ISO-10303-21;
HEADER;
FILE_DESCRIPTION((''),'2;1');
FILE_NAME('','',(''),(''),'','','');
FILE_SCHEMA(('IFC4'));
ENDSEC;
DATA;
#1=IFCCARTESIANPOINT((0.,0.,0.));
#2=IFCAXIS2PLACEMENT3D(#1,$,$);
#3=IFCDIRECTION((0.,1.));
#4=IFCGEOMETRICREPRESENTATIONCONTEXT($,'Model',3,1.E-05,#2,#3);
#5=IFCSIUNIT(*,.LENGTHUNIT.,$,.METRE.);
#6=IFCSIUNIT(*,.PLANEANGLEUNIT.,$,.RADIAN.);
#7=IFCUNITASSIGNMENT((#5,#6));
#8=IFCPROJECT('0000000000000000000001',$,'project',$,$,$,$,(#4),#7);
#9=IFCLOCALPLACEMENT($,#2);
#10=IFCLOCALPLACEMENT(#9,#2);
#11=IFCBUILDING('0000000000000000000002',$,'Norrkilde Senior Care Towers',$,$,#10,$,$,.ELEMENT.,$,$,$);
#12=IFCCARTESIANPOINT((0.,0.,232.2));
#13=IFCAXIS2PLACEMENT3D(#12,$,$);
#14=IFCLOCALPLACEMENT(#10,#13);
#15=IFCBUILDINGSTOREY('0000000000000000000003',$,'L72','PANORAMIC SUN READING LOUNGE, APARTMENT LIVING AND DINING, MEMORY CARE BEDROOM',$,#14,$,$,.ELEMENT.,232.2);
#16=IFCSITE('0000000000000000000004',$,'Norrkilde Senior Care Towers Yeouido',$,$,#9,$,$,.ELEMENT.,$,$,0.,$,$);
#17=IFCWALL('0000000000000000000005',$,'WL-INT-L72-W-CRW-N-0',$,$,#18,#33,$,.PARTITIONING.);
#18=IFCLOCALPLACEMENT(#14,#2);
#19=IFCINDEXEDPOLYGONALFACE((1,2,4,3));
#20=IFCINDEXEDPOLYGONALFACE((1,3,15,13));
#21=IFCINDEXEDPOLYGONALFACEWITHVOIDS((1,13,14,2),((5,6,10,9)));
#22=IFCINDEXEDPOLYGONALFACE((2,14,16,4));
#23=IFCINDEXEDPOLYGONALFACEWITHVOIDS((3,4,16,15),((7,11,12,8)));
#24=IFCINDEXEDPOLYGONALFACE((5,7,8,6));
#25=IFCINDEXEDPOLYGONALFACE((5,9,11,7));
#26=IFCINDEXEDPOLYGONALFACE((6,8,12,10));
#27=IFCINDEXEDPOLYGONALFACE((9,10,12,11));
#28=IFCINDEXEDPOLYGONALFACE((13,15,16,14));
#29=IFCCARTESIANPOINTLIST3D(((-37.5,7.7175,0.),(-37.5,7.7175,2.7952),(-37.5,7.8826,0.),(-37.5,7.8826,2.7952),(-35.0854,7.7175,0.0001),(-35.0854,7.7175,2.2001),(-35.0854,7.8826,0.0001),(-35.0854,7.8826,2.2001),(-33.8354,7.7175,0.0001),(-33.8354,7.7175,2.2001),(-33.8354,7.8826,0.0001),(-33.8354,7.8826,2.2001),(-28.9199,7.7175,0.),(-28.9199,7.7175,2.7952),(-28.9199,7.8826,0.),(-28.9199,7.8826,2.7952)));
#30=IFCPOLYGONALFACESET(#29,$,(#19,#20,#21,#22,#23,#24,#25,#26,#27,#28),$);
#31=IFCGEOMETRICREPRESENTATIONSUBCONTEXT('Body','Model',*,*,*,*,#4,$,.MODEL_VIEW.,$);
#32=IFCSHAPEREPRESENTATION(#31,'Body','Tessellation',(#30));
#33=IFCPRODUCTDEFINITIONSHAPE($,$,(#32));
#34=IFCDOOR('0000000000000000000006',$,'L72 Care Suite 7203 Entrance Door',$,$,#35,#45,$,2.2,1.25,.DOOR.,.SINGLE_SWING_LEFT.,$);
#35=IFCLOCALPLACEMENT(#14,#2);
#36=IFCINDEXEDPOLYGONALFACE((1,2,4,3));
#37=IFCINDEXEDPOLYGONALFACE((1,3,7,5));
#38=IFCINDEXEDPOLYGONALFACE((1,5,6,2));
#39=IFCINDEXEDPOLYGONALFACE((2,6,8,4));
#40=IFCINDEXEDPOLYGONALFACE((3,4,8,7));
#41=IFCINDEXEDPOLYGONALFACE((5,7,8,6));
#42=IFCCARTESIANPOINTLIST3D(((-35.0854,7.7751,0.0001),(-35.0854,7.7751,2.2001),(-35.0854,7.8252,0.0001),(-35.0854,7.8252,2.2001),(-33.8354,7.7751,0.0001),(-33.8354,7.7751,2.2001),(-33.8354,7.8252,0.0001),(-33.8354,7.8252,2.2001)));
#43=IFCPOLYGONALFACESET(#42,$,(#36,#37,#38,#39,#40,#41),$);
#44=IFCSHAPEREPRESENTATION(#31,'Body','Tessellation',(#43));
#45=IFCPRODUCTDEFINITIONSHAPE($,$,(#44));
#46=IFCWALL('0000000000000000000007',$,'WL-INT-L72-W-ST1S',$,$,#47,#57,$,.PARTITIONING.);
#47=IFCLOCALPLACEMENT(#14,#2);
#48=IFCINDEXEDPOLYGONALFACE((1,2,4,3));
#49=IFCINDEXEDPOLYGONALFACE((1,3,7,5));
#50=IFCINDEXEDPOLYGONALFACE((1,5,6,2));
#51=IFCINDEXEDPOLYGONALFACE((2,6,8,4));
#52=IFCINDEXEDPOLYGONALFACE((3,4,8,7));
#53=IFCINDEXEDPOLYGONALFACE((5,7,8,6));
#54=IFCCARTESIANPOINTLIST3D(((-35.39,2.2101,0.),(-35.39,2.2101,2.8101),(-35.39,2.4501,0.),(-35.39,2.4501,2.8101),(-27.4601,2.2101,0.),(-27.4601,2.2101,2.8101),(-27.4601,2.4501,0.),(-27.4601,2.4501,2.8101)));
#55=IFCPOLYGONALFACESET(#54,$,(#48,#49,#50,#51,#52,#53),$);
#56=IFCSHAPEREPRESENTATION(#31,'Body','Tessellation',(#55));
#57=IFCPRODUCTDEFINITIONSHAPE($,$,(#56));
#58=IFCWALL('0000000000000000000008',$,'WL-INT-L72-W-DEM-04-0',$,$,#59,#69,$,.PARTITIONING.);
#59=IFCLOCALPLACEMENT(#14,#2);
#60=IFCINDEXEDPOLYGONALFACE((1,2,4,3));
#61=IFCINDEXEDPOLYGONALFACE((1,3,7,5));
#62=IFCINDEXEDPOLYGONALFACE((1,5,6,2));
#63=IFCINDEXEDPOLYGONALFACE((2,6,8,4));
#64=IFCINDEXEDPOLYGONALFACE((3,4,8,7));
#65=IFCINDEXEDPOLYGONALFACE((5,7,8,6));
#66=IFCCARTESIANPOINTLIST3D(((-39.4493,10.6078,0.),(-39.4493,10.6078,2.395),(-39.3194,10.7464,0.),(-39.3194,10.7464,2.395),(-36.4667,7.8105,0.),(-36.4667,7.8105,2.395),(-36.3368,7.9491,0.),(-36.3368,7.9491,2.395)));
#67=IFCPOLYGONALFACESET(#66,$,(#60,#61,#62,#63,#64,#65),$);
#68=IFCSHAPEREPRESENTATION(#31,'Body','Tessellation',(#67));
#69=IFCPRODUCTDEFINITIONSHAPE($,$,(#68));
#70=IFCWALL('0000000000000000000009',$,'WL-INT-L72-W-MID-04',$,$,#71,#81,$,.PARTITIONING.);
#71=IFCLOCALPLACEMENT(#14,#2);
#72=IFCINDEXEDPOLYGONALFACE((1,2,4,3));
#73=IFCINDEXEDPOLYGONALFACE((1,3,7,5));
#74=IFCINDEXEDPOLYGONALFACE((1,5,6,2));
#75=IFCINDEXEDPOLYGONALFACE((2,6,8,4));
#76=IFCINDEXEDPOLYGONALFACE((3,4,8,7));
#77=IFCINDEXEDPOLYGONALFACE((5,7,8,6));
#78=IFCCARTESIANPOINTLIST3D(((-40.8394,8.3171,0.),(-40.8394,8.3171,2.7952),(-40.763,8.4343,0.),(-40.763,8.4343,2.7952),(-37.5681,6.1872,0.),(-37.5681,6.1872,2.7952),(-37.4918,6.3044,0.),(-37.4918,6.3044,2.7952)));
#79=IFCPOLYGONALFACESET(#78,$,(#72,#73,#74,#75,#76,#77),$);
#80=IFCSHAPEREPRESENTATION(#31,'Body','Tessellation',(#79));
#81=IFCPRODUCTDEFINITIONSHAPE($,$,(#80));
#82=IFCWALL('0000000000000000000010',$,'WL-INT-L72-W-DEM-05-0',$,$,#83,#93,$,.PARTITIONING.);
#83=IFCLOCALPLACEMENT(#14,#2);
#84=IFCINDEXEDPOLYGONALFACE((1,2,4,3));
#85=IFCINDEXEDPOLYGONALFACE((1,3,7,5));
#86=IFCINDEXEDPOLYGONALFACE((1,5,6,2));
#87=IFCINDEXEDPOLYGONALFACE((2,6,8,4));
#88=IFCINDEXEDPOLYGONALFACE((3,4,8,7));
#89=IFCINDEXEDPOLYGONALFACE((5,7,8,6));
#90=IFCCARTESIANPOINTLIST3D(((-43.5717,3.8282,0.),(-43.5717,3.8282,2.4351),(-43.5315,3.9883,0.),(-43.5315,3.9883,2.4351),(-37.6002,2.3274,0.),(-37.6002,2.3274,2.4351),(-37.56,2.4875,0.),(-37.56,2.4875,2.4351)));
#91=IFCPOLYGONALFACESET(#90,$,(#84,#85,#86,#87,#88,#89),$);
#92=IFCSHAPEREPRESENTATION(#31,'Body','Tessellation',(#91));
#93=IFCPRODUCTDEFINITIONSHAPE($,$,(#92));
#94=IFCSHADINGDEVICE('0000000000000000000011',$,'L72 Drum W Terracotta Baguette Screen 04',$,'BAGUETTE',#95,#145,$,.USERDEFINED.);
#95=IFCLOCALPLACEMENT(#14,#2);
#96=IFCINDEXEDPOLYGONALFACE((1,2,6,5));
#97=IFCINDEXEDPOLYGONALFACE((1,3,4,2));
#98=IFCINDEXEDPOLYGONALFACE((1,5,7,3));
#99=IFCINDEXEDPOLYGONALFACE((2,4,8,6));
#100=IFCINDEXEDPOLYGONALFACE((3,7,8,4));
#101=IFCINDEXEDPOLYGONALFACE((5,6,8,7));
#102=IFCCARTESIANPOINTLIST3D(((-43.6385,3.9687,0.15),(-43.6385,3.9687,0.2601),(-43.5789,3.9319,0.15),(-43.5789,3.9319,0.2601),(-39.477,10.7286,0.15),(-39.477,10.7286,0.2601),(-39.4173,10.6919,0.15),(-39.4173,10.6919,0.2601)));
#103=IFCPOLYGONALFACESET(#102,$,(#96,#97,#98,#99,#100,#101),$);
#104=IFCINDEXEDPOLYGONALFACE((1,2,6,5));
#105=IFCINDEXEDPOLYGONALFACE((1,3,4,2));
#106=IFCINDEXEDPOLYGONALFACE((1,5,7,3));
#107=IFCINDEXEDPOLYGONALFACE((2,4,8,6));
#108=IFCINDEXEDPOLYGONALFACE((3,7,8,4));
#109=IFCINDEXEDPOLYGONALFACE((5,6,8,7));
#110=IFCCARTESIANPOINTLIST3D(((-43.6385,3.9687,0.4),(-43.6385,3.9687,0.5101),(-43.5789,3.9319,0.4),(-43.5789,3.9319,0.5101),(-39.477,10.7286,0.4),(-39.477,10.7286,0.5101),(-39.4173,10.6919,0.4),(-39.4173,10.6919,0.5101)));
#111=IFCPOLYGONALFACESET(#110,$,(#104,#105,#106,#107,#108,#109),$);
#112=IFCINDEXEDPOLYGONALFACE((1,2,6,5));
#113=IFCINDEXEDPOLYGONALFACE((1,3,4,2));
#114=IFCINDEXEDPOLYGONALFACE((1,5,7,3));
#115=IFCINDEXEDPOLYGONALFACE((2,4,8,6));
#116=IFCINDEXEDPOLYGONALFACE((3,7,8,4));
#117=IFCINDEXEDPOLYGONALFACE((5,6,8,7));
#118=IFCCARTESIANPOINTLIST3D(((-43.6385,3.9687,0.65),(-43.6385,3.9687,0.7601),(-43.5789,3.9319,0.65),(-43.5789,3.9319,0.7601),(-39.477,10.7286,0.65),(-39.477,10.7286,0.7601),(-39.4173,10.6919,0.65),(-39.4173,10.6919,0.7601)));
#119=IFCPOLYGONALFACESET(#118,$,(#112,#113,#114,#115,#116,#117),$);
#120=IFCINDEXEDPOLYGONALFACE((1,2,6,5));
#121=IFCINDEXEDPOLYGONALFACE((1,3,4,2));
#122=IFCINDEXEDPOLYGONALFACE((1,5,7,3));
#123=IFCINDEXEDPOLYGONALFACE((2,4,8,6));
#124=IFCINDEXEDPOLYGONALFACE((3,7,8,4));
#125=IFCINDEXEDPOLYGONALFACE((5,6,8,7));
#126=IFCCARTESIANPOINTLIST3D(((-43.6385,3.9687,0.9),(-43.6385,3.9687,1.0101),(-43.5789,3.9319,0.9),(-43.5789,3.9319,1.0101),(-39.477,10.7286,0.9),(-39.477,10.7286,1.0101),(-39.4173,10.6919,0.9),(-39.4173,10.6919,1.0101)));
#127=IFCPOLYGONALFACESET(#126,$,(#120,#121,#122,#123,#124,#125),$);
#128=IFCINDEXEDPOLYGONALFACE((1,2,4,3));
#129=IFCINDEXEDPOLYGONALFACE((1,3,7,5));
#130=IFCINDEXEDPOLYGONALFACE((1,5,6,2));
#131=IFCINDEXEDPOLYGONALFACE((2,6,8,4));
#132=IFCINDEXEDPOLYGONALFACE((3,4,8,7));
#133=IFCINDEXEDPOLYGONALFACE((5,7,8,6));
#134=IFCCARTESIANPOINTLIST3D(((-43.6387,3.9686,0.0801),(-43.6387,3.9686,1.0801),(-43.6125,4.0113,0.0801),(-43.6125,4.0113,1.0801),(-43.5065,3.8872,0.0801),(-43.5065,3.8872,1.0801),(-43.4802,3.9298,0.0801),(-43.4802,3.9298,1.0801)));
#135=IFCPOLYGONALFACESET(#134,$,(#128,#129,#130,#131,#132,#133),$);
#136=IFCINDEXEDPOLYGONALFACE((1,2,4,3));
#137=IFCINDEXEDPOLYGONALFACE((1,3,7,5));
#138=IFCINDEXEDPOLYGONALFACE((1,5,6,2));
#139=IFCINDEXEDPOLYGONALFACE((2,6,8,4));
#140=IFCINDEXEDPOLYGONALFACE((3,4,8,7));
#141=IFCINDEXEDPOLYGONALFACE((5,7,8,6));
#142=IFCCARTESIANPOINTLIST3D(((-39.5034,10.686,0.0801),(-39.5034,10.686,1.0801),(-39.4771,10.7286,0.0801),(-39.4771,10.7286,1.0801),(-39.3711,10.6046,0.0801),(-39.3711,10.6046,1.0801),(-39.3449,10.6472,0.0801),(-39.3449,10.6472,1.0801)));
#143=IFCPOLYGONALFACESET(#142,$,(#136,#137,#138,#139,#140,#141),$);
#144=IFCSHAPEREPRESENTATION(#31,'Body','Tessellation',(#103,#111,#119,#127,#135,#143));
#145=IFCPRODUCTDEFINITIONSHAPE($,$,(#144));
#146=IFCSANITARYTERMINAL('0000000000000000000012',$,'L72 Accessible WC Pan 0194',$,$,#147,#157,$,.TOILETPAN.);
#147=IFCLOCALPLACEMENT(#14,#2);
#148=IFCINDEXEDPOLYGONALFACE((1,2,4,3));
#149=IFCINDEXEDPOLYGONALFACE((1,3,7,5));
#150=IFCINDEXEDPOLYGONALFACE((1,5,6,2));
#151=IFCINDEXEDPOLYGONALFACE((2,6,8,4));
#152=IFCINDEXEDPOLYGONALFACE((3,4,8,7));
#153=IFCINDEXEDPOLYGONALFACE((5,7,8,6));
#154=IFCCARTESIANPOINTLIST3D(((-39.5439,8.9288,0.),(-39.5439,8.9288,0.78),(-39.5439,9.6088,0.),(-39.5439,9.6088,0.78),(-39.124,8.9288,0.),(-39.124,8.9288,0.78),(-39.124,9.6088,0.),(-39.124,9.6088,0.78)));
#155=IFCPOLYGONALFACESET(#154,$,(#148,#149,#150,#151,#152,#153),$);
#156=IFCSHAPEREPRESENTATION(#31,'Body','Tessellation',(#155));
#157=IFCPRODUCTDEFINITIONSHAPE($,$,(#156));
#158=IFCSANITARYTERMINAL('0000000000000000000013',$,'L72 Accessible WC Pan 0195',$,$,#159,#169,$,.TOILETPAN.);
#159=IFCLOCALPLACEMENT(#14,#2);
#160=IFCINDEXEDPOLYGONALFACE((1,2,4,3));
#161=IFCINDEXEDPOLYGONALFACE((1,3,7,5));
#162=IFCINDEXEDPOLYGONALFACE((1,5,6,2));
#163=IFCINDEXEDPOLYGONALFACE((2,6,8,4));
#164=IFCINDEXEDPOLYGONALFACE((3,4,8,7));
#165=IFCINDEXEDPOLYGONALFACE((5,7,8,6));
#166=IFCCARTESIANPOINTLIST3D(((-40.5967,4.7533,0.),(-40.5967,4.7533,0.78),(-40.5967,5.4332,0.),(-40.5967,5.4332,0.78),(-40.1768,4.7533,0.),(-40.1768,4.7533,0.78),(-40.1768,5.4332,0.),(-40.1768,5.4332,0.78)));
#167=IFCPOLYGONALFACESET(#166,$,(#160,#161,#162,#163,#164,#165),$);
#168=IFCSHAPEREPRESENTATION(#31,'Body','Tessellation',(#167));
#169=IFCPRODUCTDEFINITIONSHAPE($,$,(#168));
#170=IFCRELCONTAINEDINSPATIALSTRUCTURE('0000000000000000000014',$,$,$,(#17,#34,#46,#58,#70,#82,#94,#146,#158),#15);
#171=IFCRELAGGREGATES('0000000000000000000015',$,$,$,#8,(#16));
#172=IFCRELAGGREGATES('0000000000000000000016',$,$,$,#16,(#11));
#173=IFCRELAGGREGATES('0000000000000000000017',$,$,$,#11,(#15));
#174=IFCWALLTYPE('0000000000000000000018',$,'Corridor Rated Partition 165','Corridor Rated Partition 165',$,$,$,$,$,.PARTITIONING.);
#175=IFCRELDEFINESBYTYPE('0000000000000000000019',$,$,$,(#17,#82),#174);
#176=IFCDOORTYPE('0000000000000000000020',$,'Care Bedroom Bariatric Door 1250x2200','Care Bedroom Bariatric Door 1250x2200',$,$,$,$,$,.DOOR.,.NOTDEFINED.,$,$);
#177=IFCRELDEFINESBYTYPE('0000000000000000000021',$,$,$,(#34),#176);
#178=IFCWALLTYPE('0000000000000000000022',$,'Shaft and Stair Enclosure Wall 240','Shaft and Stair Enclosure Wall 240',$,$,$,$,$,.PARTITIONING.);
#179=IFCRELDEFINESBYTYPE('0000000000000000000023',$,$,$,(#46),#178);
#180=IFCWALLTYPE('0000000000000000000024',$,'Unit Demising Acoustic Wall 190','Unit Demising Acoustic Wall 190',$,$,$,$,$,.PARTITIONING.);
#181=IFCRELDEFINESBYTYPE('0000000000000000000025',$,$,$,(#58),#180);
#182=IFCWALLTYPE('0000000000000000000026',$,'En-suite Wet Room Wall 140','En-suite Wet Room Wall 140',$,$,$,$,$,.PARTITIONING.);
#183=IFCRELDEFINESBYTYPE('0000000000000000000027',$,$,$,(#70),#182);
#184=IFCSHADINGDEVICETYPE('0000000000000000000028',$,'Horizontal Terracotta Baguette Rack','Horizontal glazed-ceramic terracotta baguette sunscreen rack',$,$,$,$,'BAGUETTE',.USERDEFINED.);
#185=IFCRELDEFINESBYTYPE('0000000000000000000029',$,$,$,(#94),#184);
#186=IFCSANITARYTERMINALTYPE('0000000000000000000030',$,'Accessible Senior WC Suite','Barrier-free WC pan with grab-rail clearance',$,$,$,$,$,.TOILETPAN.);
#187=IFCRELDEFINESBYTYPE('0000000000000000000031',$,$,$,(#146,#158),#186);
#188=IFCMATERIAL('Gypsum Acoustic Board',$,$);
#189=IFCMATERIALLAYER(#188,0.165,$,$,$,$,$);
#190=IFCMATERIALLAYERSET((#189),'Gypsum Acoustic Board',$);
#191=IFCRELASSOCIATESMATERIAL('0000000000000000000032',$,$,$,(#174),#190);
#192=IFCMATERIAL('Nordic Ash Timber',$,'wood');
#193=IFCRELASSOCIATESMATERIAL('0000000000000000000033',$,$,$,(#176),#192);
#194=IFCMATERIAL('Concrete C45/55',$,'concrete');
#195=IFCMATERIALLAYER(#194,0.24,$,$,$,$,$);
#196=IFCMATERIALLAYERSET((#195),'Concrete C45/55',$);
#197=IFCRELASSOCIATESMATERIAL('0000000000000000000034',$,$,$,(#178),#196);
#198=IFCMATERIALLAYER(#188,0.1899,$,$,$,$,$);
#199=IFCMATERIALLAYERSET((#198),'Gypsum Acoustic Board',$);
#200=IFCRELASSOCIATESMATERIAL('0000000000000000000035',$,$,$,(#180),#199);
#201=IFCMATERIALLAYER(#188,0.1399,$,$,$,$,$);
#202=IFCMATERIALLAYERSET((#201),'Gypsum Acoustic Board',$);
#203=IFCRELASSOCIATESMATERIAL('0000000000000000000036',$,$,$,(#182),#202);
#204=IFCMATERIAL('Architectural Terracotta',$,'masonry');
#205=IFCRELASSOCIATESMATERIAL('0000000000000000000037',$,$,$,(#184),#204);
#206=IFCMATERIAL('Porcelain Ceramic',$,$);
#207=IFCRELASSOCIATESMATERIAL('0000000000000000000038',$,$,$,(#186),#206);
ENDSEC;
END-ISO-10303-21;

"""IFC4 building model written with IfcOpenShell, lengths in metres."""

from ifc_helpers import new_model, si_unit, direction, frame, frame_2d, origin, origin_2d, place, context, subcontext, project, spatial, rectangle, extrude, source, transform, mapped, material, layer, layer_set, type_object, type_shapes, element, fill, save


model = new_model("IFC4")

# Units and contexts
model_context = context("Model", 3, precision=1e-05, world=origin(), true_north=direction((0.0, 1.0)))
body_context = subcontext(model_context, "Body", "Model", "MODEL_VIEW")
ifc_project = project(units=[si_unit("LENGTHUNIT", "METRE"), si_unit("PLANEANGLEUNIT", "RADIAN")], contexts=[model_context])

# Site, building, storey
site_placement = place(None, origin())
site = spatial("IfcSite", under=ifc_project, at=site_placement, Name="Norrkilde Senior Care Towers Yeouido", CompositionType="ELEMENT", RefElevation=0.0)
building_placement = place(site_placement, origin())
building = spatial("IfcBuilding", under=site, at=building_placement, Name="Norrkilde Senior Care Towers", CompositionType="ELEMENT")
storey_placement = place(building_placement, frame((0.0, 0.0, 232.2)))
storey = spatial("IfcBuildingStorey", under=building, at=storey_placement, Name="L72", Description="PANORAMIC SUN READING LOUNGE, APARTMENT LIVING AND DINING, MEMORY CARE BEDROOM", CompositionType="ELEMENT", Elevation=232.2)

# Wall, opening, door
ifc_material_1 = material(Name="Gypsum Acoustic Board")
ifc_layer_1 = layer(ifc_material_1, 0.165)
ifc_layer_set_1 = layer_set([ifc_layer_1], Name="Gypsum Acoustic Board")
wall_type_1 = type_object("IfcWallType", Name="Corridor Rated Partition 165", Description="Corridor Rated Partition 165", PredefinedType="PARTITIONING", material=ifc_layer_set_1)
shared_shape_1 = source(origin(), body_context, "Body", "SweptSolid", [
    extrude(rectangle(XDim=8.5801, YDim=0.165, at=frame_2d((4.29, 0.0))), origin(), (0.0, 0.0, 1.0), 2.7952),
])
wall_1_placement = place(storey_placement, frame((-37.5, 7.8, 0.0), z_axis=(0.0, 0.0, 1.0), x_axis=(1.0, 0.0, 0.0)))
wall_1 = element("IfcWall", 1, at=wall_1_placement, inside=storey, type_object=wall_type_1, Name="WL-INT-L72-W-CRW-N-0", PredefinedType="PARTITIONING", context=body_context, shape_type="MappedRepresentation", body=[
    mapped(shared_shape_1, transform((0.0, 0.0, 0.0), x_axis=(1.0, 0.0, 0.0), y_axis=(0.0, 1.0, 0.0), z_axis=(0.0, 0.0, 1.0), scale=1.0)),
])
opening_placement = place(wall_1_placement, frame((2.4146, 0.0, 0.0)))
opening = element("IfcOpeningElement", 2, at=opening_placement, cuts=wall_1, PredefinedType="OPENING", context=body_context, shape_type="SweptSolid", body=[
    extrude(rectangle(XDim=1.25, YDim=2.2, at=frame_2d((0.625, 1.1001))), frame((0.0, 0.0925, 0.0), z_axis=(0.0, -1.0, 0.0), x_axis=(1.0, 0.0, 0.0)), (0.0, 0.0, 1.0), 0.1851),
])
ifc_material_2 = material(Name="Nordic Ash Timber", Category="wood")
door_type = type_object("IfcDoorType", Name="Care Bedroom Bariatric Door 1250x2200", Description="Care Bedroom Bariatric Door 1250x2200", OperationType="NOTDEFINED", PredefinedType="DOOR", material=ifc_material_2)
shared_shape_2 = source(origin(), body_context, "Body", "SweptSolid", [
    extrude(rectangle(XDim=1.25, YDim=2.2, at=frame_2d((0.625, 1.1001))), frame((0.0, 0.0249, 0.0), z_axis=(0.0, -1.0, 0.0), x_axis=(1.0, 0.0, 0.0)), (0.0, 0.0, 1.0), 0.05),
])
type_shapes(door_type, [shared_shape_2])
door_placement = place(opening_placement, frame((1.25, 0.0, 0.0), z_axis=(0.0, 0.0, 1.0), x_axis=(-1.0, 0.0, 0.0)))
door = element("IfcDoor", 3, at=door_placement, inside=storey, type_object=door_type, Name="L72 Care Suite 7203 Entrance Door", OperationType="SINGLE_SWING_LEFT", OverallHeight=2.2, OverallWidth=1.25, PredefinedType="DOOR", context=body_context, shape_type="MappedRepresentation", body=[
    mapped(shared_shape_2, transform((0.0, 0.0, 0.0), x_axis=(1.0, 0.0, 0.0), y_axis=(0.0, 1.0, 0.0), z_axis=(0.0, 0.0, 1.0), scale=1.0)),
])
fill(opening, door)

# Walls
ifc_material_3 = material(Name="Concrete C45/55", Category="concrete")
ifc_layer_2 = layer(ifc_material_3, 0.24)
ifc_layer_set_2 = layer_set([ifc_layer_2], Name="Concrete C45/55")
wall_type_2 = type_object("IfcWallType", Name="Shaft and Stair Enclosure Wall 240", Description="Shaft and Stair Enclosure Wall 240", PredefinedType="PARTITIONING", material=ifc_layer_set_2)
shared_shape_3 = source(origin(), body_context, "Body", "SweptSolid", [
    extrude(rectangle(XDim=7.9299, YDim=0.24, at=frame_2d((3.9648, 0.0))), origin(), (0.0, 0.0, 1.0), 2.8101),
])
type_shapes(wall_type_2, [shared_shape_3])
wall_2_placement = place(storey_placement, frame((-35.3899, 2.3301, 0.0), z_axis=(0.0, 0.0, 1.0), x_axis=(1.0, 0.0, 0.0)))
element("IfcWall", 4, at=wall_2_placement, inside=storey, type_object=wall_type_2, Name="WL-INT-L72-W-ST1S", PredefinedType="PARTITIONING", context=body_context, shape_type="MappedRepresentation", body=[
    mapped(shared_shape_3, transform((0.0, 0.0, 0.0), x_axis=(1.0, 0.0, 0.0), y_axis=(0.0, 1.0, 0.0), z_axis=(0.0, 0.0, 1.0), scale=1.0)),
])
ifc_layer_3 = layer(ifc_material_1, 0.1899)
ifc_layer_set_3 = layer_set([ifc_layer_3], Name="Gypsum Acoustic Board")
wall_type_3 = type_object("IfcWallType", Name="Unit Demising Acoustic Wall 190", Description="Unit Demising Acoustic Wall 190", PredefinedType="PARTITIONING", material=ifc_layer_set_3)
shared_shape_4 = source(origin(), body_context, "Body", "SweptSolid", [
    extrude(rectangle(XDim=4.0891, YDim=0.1899, at=frame_2d((2.0444, 0.0))), origin(), (0.0, 0.0, 1.0), 2.395),
])
type_shapes(wall_type_3, [shared_shape_4])
wall_3_placement = place(storey_placement, frame((-36.4019, 7.8799, 0.0), z_axis=(0.0, 0.0, 1.0), x_axis=(-0.729401, 0.684086, 0.0)))
element("IfcWall", 5, at=wall_3_placement, inside=storey, type_object=wall_type_3, Name="WL-INT-L72-W-DEM-04-0", PredefinedType="PARTITIONING", context=body_context, shape_type="MappedRepresentation", body=[
    mapped(shared_shape_4, transform((0.0, 0.0, 0.0), x_axis=(1.0, 0.0, 0.0), y_axis=(0.0, 1.0, 0.0), z_axis=(0.0, 0.0, 1.0), scale=1.0)),
])
ifc_layer_4 = layer(ifc_material_1, 0.1399)
ifc_layer_set_4 = layer_set([ifc_layer_4], Name="Gypsum Acoustic Board")
wall_type_4 = type_object("IfcWallType", Name="En-suite Wet Room Wall 140", Description="En-suite Wet Room Wall 140", PredefinedType="PARTITIONING", material=ifc_layer_set_4)
shared_shape_5 = source(origin(), body_context, "Body", "SweptSolid", [
    extrude(rectangle(XDim=3.9036, YDim=0.1399, at=frame_2d((1.9517, 0.0))), origin(), (0.0, 0.0, 1.0), 2.7952),
])
type_shapes(wall_type_4, [shared_shape_5])
wall_4_placement = place(storey_placement, frame((-37.53, 6.2458, 0.0), z_axis=(0.0, 0.0, 1.0), x_axis=(-0.838025, 0.545632, 0.0)))
element("IfcWall", 6, at=wall_4_placement, inside=storey, type_object=wall_type_4, Name="WL-INT-L72-W-MID-04", PredefinedType="PARTITIONING", context=body_context, shape_type="MappedRepresentation", body=[
    mapped(shared_shape_5, transform((0.0, 0.0, 0.0), x_axis=(1.0, 0.0, 0.0), y_axis=(0.0, 1.0, 0.0), z_axis=(0.0, 0.0, 1.0), scale=1.0)),
])
shared_shape_6 = source(origin(), body_context, "Body", "SweptSolid", [
    extrude(rectangle(XDim=6.1572, YDim=0.165, at=frame_2d((3.0786, 0.0))), origin(), (0.0, 0.0, 1.0), 2.4351),
])
type_shapes(wall_type_1, [shared_shape_1, shared_shape_6])
wall_5_placement = place(storey_placement, frame((-37.5801, 2.4075, 0.0), z_axis=(0.0, 0.0, 1.0), x_axis=(-0.969841, 0.243739, 0.0)))
element("IfcWall", 7, at=wall_5_placement, inside=storey, type_object=wall_type_1, Name="WL-INT-L72-W-DEM-05-0", PredefinedType="PARTITIONING", context=body_context, shape_type="MappedRepresentation", body=[
    mapped(shared_shape_6, transform((0.0, 0.0, 0.0), x_axis=(1.0, 0.0, 0.0), y_axis=(0.0, 1.0, 0.0), z_axis=(0.0, 0.0, 1.0), scale=1.0)),
])

# Shading device
ifc_material_4 = material(Name="Architectural Terracotta", Category="masonry")
shading_device_type = type_object("IfcShadingDeviceType", Name="Horizontal Terracotta Baguette Rack", Description="Horizontal glazed-ceramic terracotta baguette sunscreen rack", ElementType="BAGUETTE", PredefinedType="USERDEFINED", material=ifc_material_4)
shared_shape_7 = source(origin(), body_context, "Body", "SweptSolid", [
    extrude(rectangle(XDim=0.0701, YDim=0.1101, at=origin_2d()), frame((0.0, 0.0901, 0.125), z_axis=(1.0, 0.0, 0.0), x_axis=(0.0, 1.0, 0.0)), (0.0, 0.0, 1.0), 7.9382),
    extrude(rectangle(XDim=0.0701, YDim=0.1101, at=origin_2d()), frame((0.0, 0.0901, 0.375), z_axis=(1.0, 0.0, 0.0), x_axis=(0.0, 1.0, 0.0)), (0.0, 0.0, 1.0), 7.9382),
    extrude(rectangle(XDim=0.0701, YDim=0.1101, at=origin_2d()), frame((0.0, 0.0901, 0.625), z_axis=(1.0, 0.0, 0.0), x_axis=(0.0, 1.0, 0.0)), (0.0, 0.0, 1.0), 7.9382),
    extrude(rectangle(XDim=0.0701, YDim=0.1101, at=origin_2d()), frame((0.0, 0.0901, 0.875), z_axis=(1.0, 0.0, 0.0), x_axis=(0.0, 1.0, 0.0)), (0.0, 0.0, 1.0), 7.9382),
    extrude(rectangle(XDim=0.05, YDim=0.1553, at=origin_2d()), frame((0.0249, 0.0476, 0.0)), (0.0, 0.0, 1.0), 1.0),
    extrude(rectangle(XDim=0.05, YDim=0.1553, at=origin_2d()), frame((7.9131, 0.0476, 0.0)), (0.0, 0.0, 1.0), 1.0),
])
type_shapes(shading_device_type, [shared_shape_7])
shading_device_placement = place(storey_placement, frame((-43.532, 3.9031, 0.0801), z_axis=(0.0, 0.0, 1.0), x_axis=(0.52425, 0.851576, 0.0)))
element("IfcShadingDevice", 8, at=shading_device_placement, inside=storey, type_object=shading_device_type, Name="L72 Drum W Terracotta Baguette Screen 04", ObjectType="BAGUETTE", PredefinedType="USERDEFINED", context=body_context, shape_type="MappedRepresentation", body=[
    mapped(shared_shape_7, transform((0.0, 0.0, 0.0), x_axis=(1.0, 0.0, 0.0), y_axis=(0.0, 1.0, 0.0), z_axis=(0.0, 0.0, 1.0), scale=1.0)),
])

# Sanitary terminals
ifc_material_5 = material(Name="Porcelain Ceramic")
sanitary_terminal_type_1 = type_object("IfcSanitaryTerminalType", Name="Accessible Senior WC Suite", Description="Barrier-free WC pan with grab-rail clearance", PredefinedType="TOILETPAN", material=ifc_material_5)
shared_shape_8 = source(origin(), body_context, "Body", "SweptSolid", [
    extrude(rectangle(XDim=0.4199, YDim=0.6799, at=origin_2d()), origin(), (0.0, 0.0, 1.0), 0.78),
])
type_shapes(sanitary_terminal_type_1, [shared_shape_8])
for number, where, z_axis, x_axis, name in (
    (9, (-39.334, 9.2688, 0.0), (0.0, 0.0, 1.0), (1.0, 0.0, 0.0), "L72 Accessible WC Pan 0194"),
    (10, (-40.3867, 5.0933, 0.0), (0.0, 0.0, 1.0), (1.0, 0.0, 0.0), "L72 Accessible WC Pan 0195"),
):
    element("IfcSanitaryTerminal", number, at=place(storey_placement, frame(where, z_axis=z_axis, x_axis=x_axis)), inside=storey, type_object=sanitary_terminal_type_1, Name=name, PredefinedType="TOILETPAN", context=body_context, shape_type="MappedRepresentation", body=[
        mapped(shared_shape_8, transform((0.0, 0.0, 0.0), x_axis=(1.0, 0.0, 0.0), y_axis=(0.0, 1.0, 0.0), z_axis=(0.0, 0.0, 1.0), scale=1.0)),
    ])

save(model, "model.ifc")
